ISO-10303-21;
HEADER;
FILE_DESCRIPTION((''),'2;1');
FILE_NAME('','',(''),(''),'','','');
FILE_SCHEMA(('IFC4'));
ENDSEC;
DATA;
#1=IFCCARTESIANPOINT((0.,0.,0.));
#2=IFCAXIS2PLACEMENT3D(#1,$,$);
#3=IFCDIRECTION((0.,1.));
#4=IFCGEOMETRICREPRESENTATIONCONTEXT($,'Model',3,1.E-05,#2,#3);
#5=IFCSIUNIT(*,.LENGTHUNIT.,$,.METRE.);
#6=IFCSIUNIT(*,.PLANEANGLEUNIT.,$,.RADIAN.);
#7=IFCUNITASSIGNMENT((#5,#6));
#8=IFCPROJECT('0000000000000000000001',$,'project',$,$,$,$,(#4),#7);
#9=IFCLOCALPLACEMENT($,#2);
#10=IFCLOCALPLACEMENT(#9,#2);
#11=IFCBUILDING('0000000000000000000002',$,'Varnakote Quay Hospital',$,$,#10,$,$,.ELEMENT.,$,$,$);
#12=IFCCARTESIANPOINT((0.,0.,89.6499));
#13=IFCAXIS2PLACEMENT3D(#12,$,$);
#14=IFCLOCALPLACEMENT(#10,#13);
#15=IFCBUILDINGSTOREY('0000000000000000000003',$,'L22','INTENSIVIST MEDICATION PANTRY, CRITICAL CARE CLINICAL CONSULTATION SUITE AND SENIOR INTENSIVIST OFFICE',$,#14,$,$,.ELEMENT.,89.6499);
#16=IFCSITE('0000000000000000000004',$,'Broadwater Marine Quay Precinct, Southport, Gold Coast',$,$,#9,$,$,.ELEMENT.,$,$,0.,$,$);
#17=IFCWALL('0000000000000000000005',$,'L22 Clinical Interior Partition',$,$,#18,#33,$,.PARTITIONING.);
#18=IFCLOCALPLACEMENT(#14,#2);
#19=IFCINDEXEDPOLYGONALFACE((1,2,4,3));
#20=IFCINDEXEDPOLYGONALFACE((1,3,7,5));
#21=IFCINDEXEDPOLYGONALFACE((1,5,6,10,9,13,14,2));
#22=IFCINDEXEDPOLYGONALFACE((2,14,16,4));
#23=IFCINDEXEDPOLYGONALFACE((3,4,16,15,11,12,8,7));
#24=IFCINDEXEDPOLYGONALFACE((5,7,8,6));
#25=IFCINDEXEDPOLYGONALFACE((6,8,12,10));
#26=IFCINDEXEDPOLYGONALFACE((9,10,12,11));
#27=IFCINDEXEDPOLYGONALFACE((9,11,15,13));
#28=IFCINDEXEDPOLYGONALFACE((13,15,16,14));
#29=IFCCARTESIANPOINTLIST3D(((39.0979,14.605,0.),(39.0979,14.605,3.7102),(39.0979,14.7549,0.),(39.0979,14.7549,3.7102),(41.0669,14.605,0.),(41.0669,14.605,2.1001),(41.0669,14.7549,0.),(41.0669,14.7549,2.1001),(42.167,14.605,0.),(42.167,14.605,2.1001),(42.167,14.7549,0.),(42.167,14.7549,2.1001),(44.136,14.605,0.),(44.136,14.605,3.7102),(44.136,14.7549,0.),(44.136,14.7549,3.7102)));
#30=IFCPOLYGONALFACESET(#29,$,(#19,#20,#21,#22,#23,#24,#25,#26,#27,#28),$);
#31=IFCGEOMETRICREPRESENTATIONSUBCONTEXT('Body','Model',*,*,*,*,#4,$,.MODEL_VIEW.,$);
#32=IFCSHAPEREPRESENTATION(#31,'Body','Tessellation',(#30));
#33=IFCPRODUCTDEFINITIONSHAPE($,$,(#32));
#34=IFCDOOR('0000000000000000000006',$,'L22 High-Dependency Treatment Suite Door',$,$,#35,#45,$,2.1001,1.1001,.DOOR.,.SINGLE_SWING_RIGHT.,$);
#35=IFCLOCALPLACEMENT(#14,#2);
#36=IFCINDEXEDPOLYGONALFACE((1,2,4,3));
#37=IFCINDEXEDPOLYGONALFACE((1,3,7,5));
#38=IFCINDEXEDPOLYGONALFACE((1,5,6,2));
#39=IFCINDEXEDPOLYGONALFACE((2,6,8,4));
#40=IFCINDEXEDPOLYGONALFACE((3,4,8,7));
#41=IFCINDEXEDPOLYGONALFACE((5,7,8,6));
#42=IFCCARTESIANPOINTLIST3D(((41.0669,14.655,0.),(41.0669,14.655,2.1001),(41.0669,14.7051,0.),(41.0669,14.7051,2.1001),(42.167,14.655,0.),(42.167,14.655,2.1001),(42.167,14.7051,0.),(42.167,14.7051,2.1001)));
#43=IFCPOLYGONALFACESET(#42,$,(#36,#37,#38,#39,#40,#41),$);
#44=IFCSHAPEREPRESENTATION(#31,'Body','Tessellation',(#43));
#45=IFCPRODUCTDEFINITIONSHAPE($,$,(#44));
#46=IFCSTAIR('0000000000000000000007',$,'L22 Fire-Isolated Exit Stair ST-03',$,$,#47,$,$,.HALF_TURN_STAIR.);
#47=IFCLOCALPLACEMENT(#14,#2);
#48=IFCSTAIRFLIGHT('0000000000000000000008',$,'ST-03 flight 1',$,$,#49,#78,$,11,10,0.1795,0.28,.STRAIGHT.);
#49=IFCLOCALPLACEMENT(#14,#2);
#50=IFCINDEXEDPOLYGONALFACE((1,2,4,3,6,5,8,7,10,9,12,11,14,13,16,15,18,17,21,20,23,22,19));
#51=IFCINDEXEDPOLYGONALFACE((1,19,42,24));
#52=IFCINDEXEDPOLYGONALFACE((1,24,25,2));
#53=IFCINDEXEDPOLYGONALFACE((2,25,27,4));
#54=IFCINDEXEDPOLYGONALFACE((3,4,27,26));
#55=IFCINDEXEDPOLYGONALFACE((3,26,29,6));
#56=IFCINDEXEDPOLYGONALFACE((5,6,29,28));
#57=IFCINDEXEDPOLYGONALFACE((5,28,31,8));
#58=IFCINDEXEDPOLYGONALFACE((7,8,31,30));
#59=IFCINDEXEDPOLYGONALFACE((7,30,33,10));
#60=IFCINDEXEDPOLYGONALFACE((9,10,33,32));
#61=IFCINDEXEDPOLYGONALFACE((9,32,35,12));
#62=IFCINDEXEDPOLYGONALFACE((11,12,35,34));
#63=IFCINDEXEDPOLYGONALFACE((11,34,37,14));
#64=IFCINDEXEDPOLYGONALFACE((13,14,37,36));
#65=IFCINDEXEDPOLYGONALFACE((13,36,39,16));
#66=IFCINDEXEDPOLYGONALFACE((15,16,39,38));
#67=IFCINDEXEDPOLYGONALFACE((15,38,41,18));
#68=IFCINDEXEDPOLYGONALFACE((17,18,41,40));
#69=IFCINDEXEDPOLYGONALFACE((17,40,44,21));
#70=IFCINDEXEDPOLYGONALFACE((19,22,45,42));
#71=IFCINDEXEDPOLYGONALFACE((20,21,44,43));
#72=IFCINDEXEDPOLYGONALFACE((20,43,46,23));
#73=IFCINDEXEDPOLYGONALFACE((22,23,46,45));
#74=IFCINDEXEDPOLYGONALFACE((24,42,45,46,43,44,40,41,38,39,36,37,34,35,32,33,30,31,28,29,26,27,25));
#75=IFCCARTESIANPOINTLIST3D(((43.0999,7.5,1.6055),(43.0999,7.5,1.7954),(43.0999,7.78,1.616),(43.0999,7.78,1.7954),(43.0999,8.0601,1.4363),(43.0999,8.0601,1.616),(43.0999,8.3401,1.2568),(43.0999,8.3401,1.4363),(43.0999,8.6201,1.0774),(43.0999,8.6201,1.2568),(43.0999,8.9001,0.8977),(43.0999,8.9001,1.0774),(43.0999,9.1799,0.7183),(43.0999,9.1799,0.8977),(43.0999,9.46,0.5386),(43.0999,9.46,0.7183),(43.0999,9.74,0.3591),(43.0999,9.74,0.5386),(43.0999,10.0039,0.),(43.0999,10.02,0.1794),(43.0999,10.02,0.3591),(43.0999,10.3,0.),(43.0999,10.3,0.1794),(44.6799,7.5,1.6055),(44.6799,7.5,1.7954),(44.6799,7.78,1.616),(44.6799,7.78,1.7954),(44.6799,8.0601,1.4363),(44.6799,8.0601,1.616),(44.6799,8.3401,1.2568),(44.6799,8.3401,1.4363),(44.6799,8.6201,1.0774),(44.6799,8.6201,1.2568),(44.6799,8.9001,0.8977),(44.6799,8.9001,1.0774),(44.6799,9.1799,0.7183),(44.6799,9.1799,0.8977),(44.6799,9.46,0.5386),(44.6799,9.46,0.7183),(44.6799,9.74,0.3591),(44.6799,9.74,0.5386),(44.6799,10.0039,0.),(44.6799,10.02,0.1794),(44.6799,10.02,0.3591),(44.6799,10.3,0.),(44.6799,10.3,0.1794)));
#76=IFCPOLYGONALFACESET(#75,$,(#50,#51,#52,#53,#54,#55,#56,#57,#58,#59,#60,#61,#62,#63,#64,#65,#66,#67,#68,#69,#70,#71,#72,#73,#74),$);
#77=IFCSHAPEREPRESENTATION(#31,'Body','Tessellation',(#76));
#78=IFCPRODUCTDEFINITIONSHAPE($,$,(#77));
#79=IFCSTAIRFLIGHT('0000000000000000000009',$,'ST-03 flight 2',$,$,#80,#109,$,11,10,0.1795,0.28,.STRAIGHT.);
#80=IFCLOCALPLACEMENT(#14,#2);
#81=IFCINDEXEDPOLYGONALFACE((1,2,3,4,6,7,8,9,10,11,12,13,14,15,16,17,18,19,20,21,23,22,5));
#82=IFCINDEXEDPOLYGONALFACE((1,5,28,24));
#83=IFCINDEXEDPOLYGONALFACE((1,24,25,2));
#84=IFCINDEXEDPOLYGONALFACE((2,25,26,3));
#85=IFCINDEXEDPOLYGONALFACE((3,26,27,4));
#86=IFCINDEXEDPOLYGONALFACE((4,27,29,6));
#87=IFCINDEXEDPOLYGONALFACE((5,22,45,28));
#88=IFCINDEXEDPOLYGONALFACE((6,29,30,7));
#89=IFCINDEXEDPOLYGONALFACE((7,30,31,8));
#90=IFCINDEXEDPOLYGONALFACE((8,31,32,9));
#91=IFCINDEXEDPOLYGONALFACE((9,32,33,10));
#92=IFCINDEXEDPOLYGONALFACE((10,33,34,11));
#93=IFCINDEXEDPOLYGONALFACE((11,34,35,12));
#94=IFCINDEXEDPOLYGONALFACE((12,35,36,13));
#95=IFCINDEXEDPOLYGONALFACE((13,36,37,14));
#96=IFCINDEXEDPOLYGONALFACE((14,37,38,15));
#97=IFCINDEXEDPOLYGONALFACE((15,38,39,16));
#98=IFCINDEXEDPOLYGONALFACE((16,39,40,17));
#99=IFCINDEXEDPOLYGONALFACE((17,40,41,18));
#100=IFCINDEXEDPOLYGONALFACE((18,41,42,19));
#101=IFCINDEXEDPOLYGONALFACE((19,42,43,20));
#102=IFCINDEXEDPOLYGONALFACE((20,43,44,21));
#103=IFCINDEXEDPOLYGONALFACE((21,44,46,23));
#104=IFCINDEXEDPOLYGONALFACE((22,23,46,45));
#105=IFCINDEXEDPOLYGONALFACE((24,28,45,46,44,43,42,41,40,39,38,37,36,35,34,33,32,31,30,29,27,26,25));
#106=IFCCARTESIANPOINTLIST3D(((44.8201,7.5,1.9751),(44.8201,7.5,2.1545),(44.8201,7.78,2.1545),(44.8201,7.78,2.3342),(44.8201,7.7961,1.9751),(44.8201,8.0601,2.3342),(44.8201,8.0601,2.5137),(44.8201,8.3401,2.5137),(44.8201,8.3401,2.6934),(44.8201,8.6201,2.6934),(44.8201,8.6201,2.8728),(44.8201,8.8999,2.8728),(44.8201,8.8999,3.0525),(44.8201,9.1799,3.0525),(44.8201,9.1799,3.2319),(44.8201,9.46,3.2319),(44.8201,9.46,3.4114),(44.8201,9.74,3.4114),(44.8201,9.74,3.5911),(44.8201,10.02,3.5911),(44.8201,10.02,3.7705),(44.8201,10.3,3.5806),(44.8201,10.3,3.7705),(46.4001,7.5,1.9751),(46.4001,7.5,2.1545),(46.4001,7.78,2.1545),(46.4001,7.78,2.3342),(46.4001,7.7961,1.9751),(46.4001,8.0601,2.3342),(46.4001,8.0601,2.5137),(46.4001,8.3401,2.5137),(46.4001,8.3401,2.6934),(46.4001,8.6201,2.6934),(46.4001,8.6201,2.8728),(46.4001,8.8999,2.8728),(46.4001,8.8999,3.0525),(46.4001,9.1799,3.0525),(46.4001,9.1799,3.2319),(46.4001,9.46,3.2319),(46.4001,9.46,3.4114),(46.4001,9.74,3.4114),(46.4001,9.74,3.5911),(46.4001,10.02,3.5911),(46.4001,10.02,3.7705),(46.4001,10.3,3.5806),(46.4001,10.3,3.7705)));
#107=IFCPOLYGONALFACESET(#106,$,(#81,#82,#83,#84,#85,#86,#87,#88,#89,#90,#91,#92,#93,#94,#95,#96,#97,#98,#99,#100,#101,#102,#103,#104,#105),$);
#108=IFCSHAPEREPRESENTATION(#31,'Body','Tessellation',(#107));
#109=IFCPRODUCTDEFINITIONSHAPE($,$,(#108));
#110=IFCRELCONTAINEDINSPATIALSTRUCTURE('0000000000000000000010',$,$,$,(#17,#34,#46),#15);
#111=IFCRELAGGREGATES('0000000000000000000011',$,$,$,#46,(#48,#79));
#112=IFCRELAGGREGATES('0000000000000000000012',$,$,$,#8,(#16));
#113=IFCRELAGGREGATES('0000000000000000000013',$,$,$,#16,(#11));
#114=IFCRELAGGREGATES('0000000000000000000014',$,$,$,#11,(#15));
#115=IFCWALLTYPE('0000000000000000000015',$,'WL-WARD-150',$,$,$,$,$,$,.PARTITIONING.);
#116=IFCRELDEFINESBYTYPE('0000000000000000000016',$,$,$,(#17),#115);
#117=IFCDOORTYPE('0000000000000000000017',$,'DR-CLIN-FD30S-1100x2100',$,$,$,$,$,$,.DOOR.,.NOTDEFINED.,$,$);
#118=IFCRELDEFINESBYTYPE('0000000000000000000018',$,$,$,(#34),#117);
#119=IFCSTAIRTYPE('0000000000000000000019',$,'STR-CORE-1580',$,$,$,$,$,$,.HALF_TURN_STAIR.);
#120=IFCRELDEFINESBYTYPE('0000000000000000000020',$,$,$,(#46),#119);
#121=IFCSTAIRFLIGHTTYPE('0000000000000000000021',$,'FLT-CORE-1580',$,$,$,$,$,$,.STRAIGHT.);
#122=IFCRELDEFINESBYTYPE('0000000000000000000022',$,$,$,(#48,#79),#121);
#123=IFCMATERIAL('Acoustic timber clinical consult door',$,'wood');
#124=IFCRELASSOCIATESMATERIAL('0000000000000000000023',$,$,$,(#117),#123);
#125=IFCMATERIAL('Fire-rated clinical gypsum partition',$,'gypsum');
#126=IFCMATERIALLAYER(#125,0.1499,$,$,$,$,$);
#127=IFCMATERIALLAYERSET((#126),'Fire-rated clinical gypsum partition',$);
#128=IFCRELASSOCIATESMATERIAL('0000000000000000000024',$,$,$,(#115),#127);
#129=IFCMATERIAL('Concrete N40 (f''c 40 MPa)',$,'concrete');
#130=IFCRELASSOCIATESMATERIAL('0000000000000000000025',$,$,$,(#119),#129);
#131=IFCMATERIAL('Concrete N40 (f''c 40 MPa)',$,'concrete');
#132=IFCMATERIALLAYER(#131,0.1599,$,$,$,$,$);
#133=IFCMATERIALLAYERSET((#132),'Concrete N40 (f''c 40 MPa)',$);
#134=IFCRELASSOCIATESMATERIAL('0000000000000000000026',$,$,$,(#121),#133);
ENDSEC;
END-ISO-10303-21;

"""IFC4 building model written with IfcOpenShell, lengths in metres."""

from ifc_helpers import new_model, si_unit, direction, frame, frame_2d, origin, place, context, subcontext, project, spatial, polyline, rectangle, outline, extrude, material, layer, layer_set, type_object, element, fill, aggregate, save


model = new_model("IFC4")

# Units and contexts
model_context = context("Model", 3, precision=1e-05, world=origin(), true_north=direction((0.0, 1.0)))
body_context = subcontext(model_context, "Body", "Model", "MODEL_VIEW")
ifc_project = project(units=[si_unit("LENGTHUNIT", "METRE"), si_unit("PLANEANGLEUNIT", "RADIAN")], contexts=[model_context])

# Site, building, storey
site_placement = place(None, origin())
site = spatial("IfcSite", under=ifc_project, at=site_placement, Name="Broadwater Marine Quay Precinct, Southport, Gold Coast", CompositionType="ELEMENT", RefElevation=0.0)
building_placement = place(site_placement, origin())
building = spatial("IfcBuilding", under=site, at=building_placement, Name="Varnakote Quay Hospital", CompositionType="ELEMENT")
storey_placement = place(building_placement, frame((0.0, 0.0, 89.6499)))
storey = spatial("IfcBuildingStorey", under=building, at=storey_placement, Name="L22", Description="INTENSIVIST MEDICATION PANTRY, CRITICAL CARE CLINICAL CONSULTATION SUITE AND SENIOR INTENSIVIST OFFICE", CompositionType="ELEMENT", Elevation=89.6499)

# Shared definitions
ifc_material_1 = material(Name="Acoustic timber clinical consult door", Category="wood")
door_type_1 = type_object("IfcDoorType", Name="DR-CLIN-FD30S-1100x2100", OperationType="NOTDEFINED", PredefinedType="DOOR", material=ifc_material_1)

# Wall, opening, door
ifc_material_2 = material(Name="Fire-rated clinical gypsum partition", Category="gypsum")
ifc_layer_1 = layer(ifc_material_2, 0.1499)
ifc_layer_set_1 = layer_set([ifc_layer_1], Name="Fire-rated clinical gypsum partition")
wall_type_1 = type_object("IfcWallType", Name="WL-WARD-150", PredefinedType="PARTITIONING", material=ifc_layer_set_1)
wall_1_placement = place(storey_placement, frame((44.136, 14.6799, 0.0), z_axis=(0.0, 0.0, 1.0), x_axis=(-1.0, 0.0, 0.0)))
wall_1 = element("IfcWall", 1, at=wall_1_placement, inside=storey, type_object=wall_type_1, Name="L22 Clinical Interior Partition", PredefinedType="PARTITIONING", context=body_context, shape_type="SweptSolid", body=[
    extrude(rectangle(XDim=5.0381, YDim=0.1499, at=frame_2d((2.519, 0.0))), origin(), (0.0, 0.0, 1.0), 3.7102),
])
opening_1_placement = place(wall_1_placement, frame((1.969, 0.0, 0.0)))
opening_1 = element("IfcOpeningElement", 2, at=opening_1_placement, cuts=wall_1, PredefinedType="OPENING", context=body_context, shape_type="SweptSolid", body=[
    extrude(rectangle(XDim=1.1001, YDim=2.1001, at=frame_2d((0.55, 1.05))), frame((0.0, 0.085, 0.0), z_axis=(0.0, -1.0, 0.0), x_axis=(1.0, 0.0, 0.0)), (0.0, 0.0, 1.0), 0.1699),
])
door_1_placement = place(opening_1_placement, origin())
door_1 = element("IfcDoor", 3, at=door_1_placement, inside=storey, type_object=door_type_1, Name="L22 High-Dependency Treatment Suite Door", OperationType="SINGLE_SWING_RIGHT", OverallHeight=2.1001, OverallWidth=1.1001, PredefinedType="DOOR", context=body_context, shape_type="SweptSolid", body=[
    extrude(rectangle(XDim=1.1001, YDim=2.1001, at=frame_2d((0.55, 1.05))), frame((0.0, 0.0249, 0.0), z_axis=(0.0, -1.0, 0.0), x_axis=(1.0, 0.0, 0.0)), (0.0, 0.0, 1.0), 0.05),
])
fill(opening_1, door_1)

# Stair, stair flights
ifc_material_3 = material(Name="Concrete N40 (f'c 40 MPa)", Category="concrete")
stair_type = type_object("IfcStairType", Name="STR-CORE-1580", PredefinedType="HALF_TURN_STAIR", material=ifc_material_3)
stair_placement = place(storey_placement, origin())
stair = element("IfcStair", 4, at=stair_placement, inside=storey, type_object=stair_type, Name="L22 Fire-Isolated Exit Stair ST-03", PredefinedType="HALF_TURN_STAIR")
ifc_material_4 = material(Name="Concrete N40 (f'c 40 MPa)", Category="concrete")
ifc_layer_2 = layer(ifc_material_4, 0.1599)
ifc_layer_set_2 = layer_set([ifc_layer_2], Name="Concrete N40 (f'c 40 MPa)")
stair_flight_type = type_object("IfcStairFlightType", Name="FLT-CORE-1580", PredefinedType="STRAIGHT", material=ifc_layer_set_2)
stair_flight_1_placement = place(storey_placement, frame((43.8899, 10.3, 0.0), z_axis=(0.0, 0.0, 1.0), x_axis=(0.0, -1.0, 0.0)))
stair_flight_1 = element("IfcStairFlight", 5, at=stair_flight_1_placement, type_object=stair_flight_type, Name="ST-03 flight 1", NumberOfRisers=11, NumberOfTreads=10, PredefinedType="STRAIGHT", RiserHeight=0.1795, TreadLength=0.28, context=body_context, shape_type="SweptSolid", body=[
    extrude(outline(polyline([(0.0, 0.0), (0.0, 0.1794), (0.28, 0.1794), (0.28, 0.3591), (0.5601, 0.3591), (0.5601, 0.5386), (0.8401, 0.5386), (0.8401, 0.7183), (1.1201, 0.7183), (1.1201, 0.8977), (1.3999, 0.8977), (1.3999, 1.0774), (1.6799, 1.0774), (1.6799, 1.2568), (1.96, 1.2568), (1.96, 1.4363), (2.24, 1.4363), (2.24, 1.616), (2.52, 1.616), (2.52, 1.7954), (2.8, 1.7954), (2.8, 1.9751), (2.8, 1.6055), (0.2961, 0.0), (0.0, 0.0)])), frame((0.0, 0.79, 0.0), z_axis=(0.0, -1.0, 0.0), x_axis=(1.0, 0.0, 0.0)), (0.0, 0.0, 1.0), 1.5801),
])
stair_flight_2_placement = place(storey_placement, frame((45.6101, 7.5, 1.9751), z_axis=(0.0, 0.0, 1.0), x_axis=(0.0, 1.0, 0.0)))
stair_flight_2 = element("IfcStairFlight", 6, at=stair_flight_2_placement, type_object=stair_flight_type, Name="ST-03 flight 2", NumberOfRisers=11, NumberOfTreads=10, PredefinedType="STRAIGHT", RiserHeight=0.1795, TreadLength=0.28, context=body_context, shape_type="SweptSolid", body=[
    extrude(outline(polyline([(0.0, 0.0), (0.0, 0.1794), (0.28, 0.1794), (0.28, 0.3591), (0.5601, 0.3591), (0.5601, 0.5386), (0.8401, 0.5386), (0.8401, 0.7183), (1.1201, 0.7183), (1.1201, 0.8977), (1.3999, 0.8977), (1.3999, 1.0774), (1.6799, 1.0774), (1.6799, 1.2568), (1.96, 1.2568), (1.96, 1.4363), (2.24, 1.4363), (2.24, 1.616), (2.52, 1.616), (2.52, 1.7954), (2.8, 1.7954), (2.8, 1.9751), (2.8, 1.6055), (0.2961, 0.0), (0.0, 0.0)])), frame((0.0, 0.79, 0.0), z_axis=(0.0, -1.0, 0.0), x_axis=(1.0, 0.0, 0.0)), (0.0, 0.0, 1.0), 1.5801),
])
aggregate(stair, [stair_flight_1, stair_flight_2])

save(model, "model.ifc")
